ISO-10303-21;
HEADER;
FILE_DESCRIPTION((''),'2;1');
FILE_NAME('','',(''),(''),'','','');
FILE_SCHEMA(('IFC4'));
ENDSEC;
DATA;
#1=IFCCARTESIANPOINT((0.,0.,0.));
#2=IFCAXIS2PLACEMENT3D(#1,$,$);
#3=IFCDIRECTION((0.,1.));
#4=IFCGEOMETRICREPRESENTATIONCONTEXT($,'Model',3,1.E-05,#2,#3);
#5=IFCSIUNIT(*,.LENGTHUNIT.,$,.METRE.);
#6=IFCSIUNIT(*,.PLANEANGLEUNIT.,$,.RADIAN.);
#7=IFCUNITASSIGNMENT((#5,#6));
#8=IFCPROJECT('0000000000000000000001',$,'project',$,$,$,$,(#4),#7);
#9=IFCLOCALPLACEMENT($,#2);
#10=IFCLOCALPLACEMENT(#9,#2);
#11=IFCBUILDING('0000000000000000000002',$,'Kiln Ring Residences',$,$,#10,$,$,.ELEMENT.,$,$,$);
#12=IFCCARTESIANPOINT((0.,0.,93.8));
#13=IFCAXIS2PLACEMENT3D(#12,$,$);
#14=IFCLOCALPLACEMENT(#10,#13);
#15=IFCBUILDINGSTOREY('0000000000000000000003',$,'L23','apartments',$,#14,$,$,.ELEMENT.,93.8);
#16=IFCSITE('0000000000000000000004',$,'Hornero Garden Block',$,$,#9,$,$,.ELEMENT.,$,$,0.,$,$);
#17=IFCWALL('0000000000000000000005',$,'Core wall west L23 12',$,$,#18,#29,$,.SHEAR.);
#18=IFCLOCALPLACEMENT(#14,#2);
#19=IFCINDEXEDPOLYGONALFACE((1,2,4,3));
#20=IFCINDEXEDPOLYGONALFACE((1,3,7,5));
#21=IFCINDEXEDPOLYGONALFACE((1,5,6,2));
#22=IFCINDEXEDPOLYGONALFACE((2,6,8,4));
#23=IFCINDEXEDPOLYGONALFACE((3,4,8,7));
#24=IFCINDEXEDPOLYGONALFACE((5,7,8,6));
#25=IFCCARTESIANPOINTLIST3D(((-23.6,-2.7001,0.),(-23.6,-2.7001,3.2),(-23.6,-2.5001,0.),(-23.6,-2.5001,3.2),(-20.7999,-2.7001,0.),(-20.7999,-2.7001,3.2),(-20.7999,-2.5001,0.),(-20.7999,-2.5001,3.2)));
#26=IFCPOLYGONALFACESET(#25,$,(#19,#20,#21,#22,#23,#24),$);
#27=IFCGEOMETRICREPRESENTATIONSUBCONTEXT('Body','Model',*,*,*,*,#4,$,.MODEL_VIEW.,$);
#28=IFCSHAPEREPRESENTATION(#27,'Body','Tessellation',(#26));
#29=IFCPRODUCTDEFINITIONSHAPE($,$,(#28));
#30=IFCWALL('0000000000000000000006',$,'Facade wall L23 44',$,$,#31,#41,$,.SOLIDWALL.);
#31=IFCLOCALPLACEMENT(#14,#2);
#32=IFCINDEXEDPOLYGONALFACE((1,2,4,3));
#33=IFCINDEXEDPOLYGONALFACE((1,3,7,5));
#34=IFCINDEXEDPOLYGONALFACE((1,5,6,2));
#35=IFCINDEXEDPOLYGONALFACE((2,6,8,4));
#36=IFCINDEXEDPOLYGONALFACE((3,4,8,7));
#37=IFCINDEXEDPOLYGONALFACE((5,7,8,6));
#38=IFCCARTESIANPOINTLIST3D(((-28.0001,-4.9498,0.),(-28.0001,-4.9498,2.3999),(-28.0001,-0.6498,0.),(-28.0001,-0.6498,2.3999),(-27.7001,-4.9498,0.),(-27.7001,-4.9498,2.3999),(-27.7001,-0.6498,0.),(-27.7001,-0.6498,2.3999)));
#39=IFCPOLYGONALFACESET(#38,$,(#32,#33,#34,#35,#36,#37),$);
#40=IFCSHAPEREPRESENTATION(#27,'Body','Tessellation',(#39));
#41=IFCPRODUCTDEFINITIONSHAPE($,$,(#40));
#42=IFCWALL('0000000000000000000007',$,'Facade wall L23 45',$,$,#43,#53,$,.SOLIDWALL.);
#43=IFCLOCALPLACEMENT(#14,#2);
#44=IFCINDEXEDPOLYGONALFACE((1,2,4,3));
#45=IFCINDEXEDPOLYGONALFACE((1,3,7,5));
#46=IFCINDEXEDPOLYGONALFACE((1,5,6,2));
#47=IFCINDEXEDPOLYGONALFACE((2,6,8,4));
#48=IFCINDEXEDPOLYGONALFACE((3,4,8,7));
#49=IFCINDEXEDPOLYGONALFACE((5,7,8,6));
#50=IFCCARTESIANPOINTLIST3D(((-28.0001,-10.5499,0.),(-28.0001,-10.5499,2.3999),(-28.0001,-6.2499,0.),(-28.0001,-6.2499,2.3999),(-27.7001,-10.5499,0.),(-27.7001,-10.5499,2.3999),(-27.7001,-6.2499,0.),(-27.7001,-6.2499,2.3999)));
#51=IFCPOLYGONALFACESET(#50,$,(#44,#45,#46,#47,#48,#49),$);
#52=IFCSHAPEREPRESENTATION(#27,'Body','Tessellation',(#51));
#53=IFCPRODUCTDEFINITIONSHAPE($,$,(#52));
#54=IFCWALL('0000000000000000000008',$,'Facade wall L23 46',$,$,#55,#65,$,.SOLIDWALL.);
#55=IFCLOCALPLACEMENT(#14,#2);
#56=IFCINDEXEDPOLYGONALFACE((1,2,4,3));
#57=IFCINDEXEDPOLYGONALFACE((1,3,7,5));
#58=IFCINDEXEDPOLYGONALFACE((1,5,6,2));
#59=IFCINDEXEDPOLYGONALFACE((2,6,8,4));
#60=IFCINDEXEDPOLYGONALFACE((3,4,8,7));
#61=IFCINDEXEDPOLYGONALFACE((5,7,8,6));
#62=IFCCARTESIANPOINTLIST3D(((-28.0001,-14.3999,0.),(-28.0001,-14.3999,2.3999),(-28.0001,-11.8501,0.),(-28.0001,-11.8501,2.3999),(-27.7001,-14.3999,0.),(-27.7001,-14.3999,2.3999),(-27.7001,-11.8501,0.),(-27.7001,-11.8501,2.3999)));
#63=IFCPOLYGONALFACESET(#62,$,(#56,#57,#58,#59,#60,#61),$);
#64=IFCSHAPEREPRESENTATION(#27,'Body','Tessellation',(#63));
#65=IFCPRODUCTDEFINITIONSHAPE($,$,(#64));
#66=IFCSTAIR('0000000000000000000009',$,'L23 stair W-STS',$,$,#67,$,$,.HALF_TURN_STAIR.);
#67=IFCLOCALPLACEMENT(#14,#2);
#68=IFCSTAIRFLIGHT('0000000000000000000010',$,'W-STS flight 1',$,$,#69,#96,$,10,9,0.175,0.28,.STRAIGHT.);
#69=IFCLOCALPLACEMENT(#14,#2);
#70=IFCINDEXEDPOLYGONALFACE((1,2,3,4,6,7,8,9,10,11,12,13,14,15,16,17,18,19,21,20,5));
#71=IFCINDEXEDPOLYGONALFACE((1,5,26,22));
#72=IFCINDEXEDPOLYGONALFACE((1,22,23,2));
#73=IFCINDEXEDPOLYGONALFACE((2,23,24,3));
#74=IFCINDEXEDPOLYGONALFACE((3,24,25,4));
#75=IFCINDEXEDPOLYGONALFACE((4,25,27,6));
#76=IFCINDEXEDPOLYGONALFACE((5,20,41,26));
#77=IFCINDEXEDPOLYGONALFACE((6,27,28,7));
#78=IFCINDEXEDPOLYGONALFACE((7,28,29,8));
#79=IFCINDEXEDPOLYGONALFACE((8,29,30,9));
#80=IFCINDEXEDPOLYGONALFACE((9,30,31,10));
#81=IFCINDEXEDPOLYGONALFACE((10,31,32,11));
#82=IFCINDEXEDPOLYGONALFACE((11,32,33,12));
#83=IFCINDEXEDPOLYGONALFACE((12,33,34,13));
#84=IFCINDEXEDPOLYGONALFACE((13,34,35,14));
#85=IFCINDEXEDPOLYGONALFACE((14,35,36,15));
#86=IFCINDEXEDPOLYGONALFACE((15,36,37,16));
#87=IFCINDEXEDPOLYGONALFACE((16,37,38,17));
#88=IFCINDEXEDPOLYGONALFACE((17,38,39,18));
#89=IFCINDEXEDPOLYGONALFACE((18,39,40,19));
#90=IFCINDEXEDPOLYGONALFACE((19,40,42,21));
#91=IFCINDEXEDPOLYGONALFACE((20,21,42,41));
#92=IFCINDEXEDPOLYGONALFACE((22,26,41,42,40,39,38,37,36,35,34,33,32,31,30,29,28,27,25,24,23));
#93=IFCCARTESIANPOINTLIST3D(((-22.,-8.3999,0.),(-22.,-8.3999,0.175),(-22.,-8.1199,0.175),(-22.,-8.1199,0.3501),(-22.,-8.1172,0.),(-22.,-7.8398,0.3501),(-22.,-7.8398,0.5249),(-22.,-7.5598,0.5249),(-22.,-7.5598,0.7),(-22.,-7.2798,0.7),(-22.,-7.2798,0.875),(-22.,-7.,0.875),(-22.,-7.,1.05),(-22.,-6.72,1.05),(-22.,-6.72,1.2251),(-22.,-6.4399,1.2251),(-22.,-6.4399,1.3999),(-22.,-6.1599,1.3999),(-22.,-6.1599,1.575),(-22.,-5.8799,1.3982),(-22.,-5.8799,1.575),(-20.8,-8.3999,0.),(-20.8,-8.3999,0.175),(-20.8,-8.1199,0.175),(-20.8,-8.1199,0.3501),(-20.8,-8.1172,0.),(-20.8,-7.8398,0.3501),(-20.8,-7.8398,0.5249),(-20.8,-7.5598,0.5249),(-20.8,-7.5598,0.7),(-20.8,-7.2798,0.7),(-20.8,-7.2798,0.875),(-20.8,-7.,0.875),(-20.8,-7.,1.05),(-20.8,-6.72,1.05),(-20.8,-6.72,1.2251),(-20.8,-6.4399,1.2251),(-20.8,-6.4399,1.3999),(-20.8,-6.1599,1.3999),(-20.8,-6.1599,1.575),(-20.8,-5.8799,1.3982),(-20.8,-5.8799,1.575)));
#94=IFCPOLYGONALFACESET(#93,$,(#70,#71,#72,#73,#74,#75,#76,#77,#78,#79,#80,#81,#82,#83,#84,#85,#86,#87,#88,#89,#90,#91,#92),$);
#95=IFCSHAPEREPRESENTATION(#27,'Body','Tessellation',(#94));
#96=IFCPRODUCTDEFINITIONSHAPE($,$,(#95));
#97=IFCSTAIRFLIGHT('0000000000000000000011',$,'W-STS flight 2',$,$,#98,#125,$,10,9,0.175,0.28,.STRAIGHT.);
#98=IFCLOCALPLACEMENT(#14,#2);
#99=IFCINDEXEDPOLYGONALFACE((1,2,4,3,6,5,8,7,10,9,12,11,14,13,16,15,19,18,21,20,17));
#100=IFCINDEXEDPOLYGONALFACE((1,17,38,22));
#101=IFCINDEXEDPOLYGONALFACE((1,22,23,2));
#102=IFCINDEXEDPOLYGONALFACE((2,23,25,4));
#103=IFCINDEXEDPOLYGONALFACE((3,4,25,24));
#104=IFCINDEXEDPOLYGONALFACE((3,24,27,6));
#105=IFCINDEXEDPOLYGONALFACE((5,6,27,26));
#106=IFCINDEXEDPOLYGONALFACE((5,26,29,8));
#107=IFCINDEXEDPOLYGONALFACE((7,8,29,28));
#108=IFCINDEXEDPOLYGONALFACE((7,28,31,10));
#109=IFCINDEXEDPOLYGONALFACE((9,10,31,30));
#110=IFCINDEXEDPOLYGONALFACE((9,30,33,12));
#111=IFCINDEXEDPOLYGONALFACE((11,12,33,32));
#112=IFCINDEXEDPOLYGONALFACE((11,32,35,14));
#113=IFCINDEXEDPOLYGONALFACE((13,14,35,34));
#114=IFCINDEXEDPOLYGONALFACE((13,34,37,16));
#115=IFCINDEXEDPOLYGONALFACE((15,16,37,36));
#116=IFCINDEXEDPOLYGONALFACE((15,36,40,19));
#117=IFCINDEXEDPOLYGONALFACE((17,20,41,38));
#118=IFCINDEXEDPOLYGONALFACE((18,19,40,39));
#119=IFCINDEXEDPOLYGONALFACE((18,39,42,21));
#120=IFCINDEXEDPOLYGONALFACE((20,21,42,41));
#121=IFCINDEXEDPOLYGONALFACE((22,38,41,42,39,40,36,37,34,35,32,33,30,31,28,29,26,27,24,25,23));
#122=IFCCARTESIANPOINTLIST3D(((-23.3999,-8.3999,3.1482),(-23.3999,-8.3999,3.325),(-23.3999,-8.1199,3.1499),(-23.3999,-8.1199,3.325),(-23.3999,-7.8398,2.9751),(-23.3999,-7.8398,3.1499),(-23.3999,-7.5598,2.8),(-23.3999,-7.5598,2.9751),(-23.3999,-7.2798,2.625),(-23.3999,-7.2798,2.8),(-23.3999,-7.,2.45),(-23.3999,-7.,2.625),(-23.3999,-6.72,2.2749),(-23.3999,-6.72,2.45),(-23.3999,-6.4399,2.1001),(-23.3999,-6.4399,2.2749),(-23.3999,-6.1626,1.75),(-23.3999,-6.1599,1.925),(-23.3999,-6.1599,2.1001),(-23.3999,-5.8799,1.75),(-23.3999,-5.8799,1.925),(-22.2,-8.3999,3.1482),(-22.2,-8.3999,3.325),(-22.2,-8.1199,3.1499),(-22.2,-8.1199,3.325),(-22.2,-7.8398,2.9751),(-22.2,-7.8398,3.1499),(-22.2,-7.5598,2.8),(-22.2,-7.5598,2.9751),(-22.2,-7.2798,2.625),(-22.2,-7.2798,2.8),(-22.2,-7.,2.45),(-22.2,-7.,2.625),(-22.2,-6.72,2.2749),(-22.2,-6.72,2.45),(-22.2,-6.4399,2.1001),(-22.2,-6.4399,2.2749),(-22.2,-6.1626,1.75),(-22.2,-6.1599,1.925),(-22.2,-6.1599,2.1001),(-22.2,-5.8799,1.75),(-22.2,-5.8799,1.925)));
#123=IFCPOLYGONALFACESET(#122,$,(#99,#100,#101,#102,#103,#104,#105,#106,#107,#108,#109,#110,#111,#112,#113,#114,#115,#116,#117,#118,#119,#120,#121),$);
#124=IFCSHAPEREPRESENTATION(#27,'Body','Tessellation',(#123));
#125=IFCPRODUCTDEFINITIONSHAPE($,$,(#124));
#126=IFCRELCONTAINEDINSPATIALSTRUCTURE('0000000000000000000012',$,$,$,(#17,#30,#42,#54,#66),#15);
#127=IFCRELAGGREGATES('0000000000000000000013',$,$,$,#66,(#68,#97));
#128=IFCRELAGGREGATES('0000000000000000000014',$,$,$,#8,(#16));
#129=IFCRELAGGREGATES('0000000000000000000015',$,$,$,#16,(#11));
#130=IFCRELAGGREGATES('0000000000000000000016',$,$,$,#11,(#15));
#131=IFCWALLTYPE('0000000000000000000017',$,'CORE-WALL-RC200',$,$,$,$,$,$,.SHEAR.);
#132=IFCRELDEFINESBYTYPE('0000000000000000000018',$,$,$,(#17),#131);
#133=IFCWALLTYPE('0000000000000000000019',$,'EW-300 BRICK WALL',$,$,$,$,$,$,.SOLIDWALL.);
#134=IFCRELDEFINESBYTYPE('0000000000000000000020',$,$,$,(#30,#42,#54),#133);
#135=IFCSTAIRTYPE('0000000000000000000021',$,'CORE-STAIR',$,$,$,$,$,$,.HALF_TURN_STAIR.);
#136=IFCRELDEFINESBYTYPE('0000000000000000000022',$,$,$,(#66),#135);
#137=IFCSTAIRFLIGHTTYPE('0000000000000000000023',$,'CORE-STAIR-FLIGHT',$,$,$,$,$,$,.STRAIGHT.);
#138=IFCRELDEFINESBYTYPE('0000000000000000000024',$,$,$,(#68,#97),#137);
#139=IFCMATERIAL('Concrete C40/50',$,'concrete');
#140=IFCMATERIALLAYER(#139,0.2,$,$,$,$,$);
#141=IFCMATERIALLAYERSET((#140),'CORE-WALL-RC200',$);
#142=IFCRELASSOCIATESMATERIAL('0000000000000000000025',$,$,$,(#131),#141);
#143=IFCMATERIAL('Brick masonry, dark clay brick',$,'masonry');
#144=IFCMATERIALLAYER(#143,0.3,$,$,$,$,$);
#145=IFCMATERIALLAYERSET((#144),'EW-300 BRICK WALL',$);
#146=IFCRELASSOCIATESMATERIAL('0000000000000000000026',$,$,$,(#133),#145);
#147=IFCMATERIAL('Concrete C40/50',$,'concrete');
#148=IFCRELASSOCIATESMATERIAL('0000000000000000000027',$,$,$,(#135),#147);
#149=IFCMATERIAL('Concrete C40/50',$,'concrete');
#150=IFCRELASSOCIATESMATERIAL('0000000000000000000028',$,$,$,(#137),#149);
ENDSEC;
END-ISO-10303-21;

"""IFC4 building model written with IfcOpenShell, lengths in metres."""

from ifc_helpers import new_model, si_unit, direction, frame, frame_2d, origin, place, context, subcontext, project, spatial, polyline, rectangle, outline, extrude, material, layer, layer_set, type_object, element, aggregate, save


model = new_model("IFC4")

# Units and contexts
model_context = context("Model", 3, precision=1e-05, world=origin(), true_north=direction((0.0, 1.0)))
body_context = subcontext(model_context, "Body", "Model", "MODEL_VIEW")
ifc_project = project(units=[si_unit("LENGTHUNIT", "METRE"), si_unit("PLANEANGLEUNIT", "RADIAN")], contexts=[model_context])

# Site, building, storey
site_placement = place(None, origin())
site = spatial("IfcSite", under=ifc_project, at=site_placement, Name="Hornero Garden Block", CompositionType="ELEMENT", RefElevation=0.0)
building_placement = place(site_placement, origin())
building = spatial("IfcBuilding", under=site, at=building_placement, Name="Kiln Ring Residences", CompositionType="ELEMENT")
storey_placement = place(building_placement, frame((0.0, 0.0, 93.8)))
storey = spatial("IfcBuildingStorey", under=building, at=storey_placement, Name="L23", Description="apartments", CompositionType="ELEMENT", Elevation=93.8)

# Shared definitions
ifc_material_1 = material(Name="Concrete C40/50", Category="concrete")
ifc_layer_1 = layer(ifc_material_1, 0.2)
ifc_layer_set_1 = layer_set([ifc_layer_1], Name="CORE-WALL-RC200")
wall_type_1 = type_object("IfcWallType", Name="CORE-WALL-RC200", PredefinedType="SHEAR", material=ifc_layer_set_1)

# Walls
wall_1_placement = place(storey_placement, frame((-20.8, -2.6001, 0.0), z_axis=(0.0, 0.0, 1.0), x_axis=(-1.0, 0.0, 0.0)))
element("IfcWall", 1, at=wall_1_placement, inside=storey, type_object=wall_type_1, Name="Core wall west L23 12", PredefinedType="SHEAR", context=body_context, shape_type="SweptSolid", body=[
    extrude(rectangle(XDim=2.8, YDim=0.2, at=frame_2d((1.3999, 0.0))), origin(), (0.0, 0.0, 1.0), 3.2),
])
ifc_material_2 = material(Name="Brick masonry, dark clay brick", Category="masonry")
ifc_layer_2 = layer(ifc_material_2, 0.3)
ifc_layer_set_2 = layer_set([ifc_layer_2], Name="EW-300 BRICK WALL")
wall_type_2 = type_object("IfcWallType", Name="EW-300 BRICK WALL", PredefinedType="SOLIDWALL", material=ifc_layer_set_2)
for number, where, z_axis, x_axis, name in (
    (2, (-27.8501, -0.6499, 0.0), (0.0, 0.0, 1.0), (0.0, -1.0, 0.0), "Facade wall L23 44"),
    (3, (-27.8501, -6.25, 0.0), (0.0, 0.0, 1.0), (0.0, -1.0, 0.0), "Facade wall L23 45"),
):
    element("IfcWall", number, at=place(storey_placement, frame(where, z_axis=z_axis, x_axis=x_axis)), inside=storey, type_object=wall_type_2, Name=name, PredefinedType="SOLIDWALL", context=body_context, shape_type="SweptSolid", body=[
        extrude(rectangle(XDim=4.3, YDim=0.3, at=frame_2d((2.1499, 0.0))), origin(), (0.0, 0.0, 1.0), 2.3999),
    ])
wall_2_placement = place(storey_placement, frame((-27.8501, -11.8501, 0.0), z_axis=(0.0, 0.0, 1.0), x_axis=(0.0, -1.0, 0.0)))
element("IfcWall", 4, at=wall_2_placement, inside=storey, type_object=wall_type_2, Name="Facade wall L23 46", PredefinedType="SOLIDWALL", context=body_context, shape_type="SweptSolid", body=[
    extrude(rectangle(XDim=2.5498, YDim=0.3, at=frame_2d((1.2749, 0.0))), origin(), (0.0, 0.0, 1.0), 2.3999),
])

# Stair, stair flights
ifc_material_3 = material(Name="Concrete C40/50", Category="concrete")
stair_type = type_object("IfcStairType", Name="CORE-STAIR", PredefinedType="HALF_TURN_STAIR", material=ifc_material_3)
stair_placement = place(storey_placement, origin())
stair = element("IfcStair", 5, at=stair_placement, inside=storey, type_object=stair_type, Name="L23 stair W-STS", PredefinedType="HALF_TURN_STAIR")
ifc_material_4 = material(Name="Concrete C40/50", Category="concrete")
stair_flight_type = type_object("IfcStairFlightType", Name="CORE-STAIR-FLIGHT", PredefinedType="STRAIGHT", material=ifc_material_4)
stair_flight_1_placement = place(storey_placement, frame((-21.3999, -8.3999, 0.0), z_axis=(0.0, 0.0, 1.0), x_axis=(0.0, 1.0, 0.0)))
stair_flight_1 = element("IfcStairFlight", 6, at=stair_flight_1_placement, type_object=stair_flight_type, Name="W-STS flight 1", NumberOfRisers=10, NumberOfTreads=9, PredefinedType="STRAIGHT", RiserHeight=0.175, TreadLength=0.28, context=body_context, shape_type="SweptSolid", body=[
    extrude(outline(polyline([(0.0, 0.0), (0.0, 0.175), (0.28, 0.175), (0.28, 0.3501), (0.5601, 0.3501), (0.5601, 0.5249), (0.8401, 0.5249), (0.8401, 0.7), (1.1201, 0.7), (1.1201, 0.875), (1.3999, 0.875), (1.3999, 1.05), (1.6799, 1.05), (1.6799, 1.2251), (1.96, 1.2251), (1.96, 1.3999), (2.24, 1.3999), (2.24, 1.575), (2.52, 1.575), (2.52, 1.75), (2.52, 1.3982), (0.2827, 0.0), (0.0, 0.0)])), frame((0.0, 0.6001, 0.0), z_axis=(0.0, -1.0, 0.0), x_axis=(1.0, 0.0, 0.0)), (0.0, 0.0, 1.0), 1.2),
])
stair_flight_2_placement = place(storey_placement, frame((-22.8, -5.8799, 1.75), z_axis=(0.0, 0.0, 1.0), x_axis=(0.0, -1.0, 0.0)))
stair_flight_2 = element("IfcStairFlight", 7, at=stair_flight_2_placement, type_object=stair_flight_type, Name="W-STS flight 2", NumberOfRisers=10, NumberOfTreads=9, PredefinedType="STRAIGHT", RiserHeight=0.175, TreadLength=0.28, context=body_context, shape_type="SweptSolid", body=[
    extrude(outline(polyline([(0.0, 0.0), (0.0, 0.175), (0.28, 0.175), (0.28, 0.3501), (0.5601, 0.3501), (0.5601, 0.5249), (0.8401, 0.5249), (0.8401, 0.7), (1.1201, 0.7), (1.1201, 0.875), (1.3999, 0.875), (1.3999, 1.05), (1.6799, 1.05), (1.6799, 1.2251), (1.96, 1.2251), (1.96, 1.3999), (2.24, 1.3999), (2.24, 1.575), (2.52, 1.575), (2.52, 1.75), (2.52, 1.3982), (0.2827, 0.0), (0.0, 0.0)])), frame((0.0, 0.6001, 0.0), z_axis=(0.0, -1.0, 0.0), x_axis=(1.0, 0.0, 0.0)), (0.0, 0.0, 1.0), 1.2),
])
aggregate(stair, [stair_flight_1, stair_flight_2])

save(model, "model.ifc")
